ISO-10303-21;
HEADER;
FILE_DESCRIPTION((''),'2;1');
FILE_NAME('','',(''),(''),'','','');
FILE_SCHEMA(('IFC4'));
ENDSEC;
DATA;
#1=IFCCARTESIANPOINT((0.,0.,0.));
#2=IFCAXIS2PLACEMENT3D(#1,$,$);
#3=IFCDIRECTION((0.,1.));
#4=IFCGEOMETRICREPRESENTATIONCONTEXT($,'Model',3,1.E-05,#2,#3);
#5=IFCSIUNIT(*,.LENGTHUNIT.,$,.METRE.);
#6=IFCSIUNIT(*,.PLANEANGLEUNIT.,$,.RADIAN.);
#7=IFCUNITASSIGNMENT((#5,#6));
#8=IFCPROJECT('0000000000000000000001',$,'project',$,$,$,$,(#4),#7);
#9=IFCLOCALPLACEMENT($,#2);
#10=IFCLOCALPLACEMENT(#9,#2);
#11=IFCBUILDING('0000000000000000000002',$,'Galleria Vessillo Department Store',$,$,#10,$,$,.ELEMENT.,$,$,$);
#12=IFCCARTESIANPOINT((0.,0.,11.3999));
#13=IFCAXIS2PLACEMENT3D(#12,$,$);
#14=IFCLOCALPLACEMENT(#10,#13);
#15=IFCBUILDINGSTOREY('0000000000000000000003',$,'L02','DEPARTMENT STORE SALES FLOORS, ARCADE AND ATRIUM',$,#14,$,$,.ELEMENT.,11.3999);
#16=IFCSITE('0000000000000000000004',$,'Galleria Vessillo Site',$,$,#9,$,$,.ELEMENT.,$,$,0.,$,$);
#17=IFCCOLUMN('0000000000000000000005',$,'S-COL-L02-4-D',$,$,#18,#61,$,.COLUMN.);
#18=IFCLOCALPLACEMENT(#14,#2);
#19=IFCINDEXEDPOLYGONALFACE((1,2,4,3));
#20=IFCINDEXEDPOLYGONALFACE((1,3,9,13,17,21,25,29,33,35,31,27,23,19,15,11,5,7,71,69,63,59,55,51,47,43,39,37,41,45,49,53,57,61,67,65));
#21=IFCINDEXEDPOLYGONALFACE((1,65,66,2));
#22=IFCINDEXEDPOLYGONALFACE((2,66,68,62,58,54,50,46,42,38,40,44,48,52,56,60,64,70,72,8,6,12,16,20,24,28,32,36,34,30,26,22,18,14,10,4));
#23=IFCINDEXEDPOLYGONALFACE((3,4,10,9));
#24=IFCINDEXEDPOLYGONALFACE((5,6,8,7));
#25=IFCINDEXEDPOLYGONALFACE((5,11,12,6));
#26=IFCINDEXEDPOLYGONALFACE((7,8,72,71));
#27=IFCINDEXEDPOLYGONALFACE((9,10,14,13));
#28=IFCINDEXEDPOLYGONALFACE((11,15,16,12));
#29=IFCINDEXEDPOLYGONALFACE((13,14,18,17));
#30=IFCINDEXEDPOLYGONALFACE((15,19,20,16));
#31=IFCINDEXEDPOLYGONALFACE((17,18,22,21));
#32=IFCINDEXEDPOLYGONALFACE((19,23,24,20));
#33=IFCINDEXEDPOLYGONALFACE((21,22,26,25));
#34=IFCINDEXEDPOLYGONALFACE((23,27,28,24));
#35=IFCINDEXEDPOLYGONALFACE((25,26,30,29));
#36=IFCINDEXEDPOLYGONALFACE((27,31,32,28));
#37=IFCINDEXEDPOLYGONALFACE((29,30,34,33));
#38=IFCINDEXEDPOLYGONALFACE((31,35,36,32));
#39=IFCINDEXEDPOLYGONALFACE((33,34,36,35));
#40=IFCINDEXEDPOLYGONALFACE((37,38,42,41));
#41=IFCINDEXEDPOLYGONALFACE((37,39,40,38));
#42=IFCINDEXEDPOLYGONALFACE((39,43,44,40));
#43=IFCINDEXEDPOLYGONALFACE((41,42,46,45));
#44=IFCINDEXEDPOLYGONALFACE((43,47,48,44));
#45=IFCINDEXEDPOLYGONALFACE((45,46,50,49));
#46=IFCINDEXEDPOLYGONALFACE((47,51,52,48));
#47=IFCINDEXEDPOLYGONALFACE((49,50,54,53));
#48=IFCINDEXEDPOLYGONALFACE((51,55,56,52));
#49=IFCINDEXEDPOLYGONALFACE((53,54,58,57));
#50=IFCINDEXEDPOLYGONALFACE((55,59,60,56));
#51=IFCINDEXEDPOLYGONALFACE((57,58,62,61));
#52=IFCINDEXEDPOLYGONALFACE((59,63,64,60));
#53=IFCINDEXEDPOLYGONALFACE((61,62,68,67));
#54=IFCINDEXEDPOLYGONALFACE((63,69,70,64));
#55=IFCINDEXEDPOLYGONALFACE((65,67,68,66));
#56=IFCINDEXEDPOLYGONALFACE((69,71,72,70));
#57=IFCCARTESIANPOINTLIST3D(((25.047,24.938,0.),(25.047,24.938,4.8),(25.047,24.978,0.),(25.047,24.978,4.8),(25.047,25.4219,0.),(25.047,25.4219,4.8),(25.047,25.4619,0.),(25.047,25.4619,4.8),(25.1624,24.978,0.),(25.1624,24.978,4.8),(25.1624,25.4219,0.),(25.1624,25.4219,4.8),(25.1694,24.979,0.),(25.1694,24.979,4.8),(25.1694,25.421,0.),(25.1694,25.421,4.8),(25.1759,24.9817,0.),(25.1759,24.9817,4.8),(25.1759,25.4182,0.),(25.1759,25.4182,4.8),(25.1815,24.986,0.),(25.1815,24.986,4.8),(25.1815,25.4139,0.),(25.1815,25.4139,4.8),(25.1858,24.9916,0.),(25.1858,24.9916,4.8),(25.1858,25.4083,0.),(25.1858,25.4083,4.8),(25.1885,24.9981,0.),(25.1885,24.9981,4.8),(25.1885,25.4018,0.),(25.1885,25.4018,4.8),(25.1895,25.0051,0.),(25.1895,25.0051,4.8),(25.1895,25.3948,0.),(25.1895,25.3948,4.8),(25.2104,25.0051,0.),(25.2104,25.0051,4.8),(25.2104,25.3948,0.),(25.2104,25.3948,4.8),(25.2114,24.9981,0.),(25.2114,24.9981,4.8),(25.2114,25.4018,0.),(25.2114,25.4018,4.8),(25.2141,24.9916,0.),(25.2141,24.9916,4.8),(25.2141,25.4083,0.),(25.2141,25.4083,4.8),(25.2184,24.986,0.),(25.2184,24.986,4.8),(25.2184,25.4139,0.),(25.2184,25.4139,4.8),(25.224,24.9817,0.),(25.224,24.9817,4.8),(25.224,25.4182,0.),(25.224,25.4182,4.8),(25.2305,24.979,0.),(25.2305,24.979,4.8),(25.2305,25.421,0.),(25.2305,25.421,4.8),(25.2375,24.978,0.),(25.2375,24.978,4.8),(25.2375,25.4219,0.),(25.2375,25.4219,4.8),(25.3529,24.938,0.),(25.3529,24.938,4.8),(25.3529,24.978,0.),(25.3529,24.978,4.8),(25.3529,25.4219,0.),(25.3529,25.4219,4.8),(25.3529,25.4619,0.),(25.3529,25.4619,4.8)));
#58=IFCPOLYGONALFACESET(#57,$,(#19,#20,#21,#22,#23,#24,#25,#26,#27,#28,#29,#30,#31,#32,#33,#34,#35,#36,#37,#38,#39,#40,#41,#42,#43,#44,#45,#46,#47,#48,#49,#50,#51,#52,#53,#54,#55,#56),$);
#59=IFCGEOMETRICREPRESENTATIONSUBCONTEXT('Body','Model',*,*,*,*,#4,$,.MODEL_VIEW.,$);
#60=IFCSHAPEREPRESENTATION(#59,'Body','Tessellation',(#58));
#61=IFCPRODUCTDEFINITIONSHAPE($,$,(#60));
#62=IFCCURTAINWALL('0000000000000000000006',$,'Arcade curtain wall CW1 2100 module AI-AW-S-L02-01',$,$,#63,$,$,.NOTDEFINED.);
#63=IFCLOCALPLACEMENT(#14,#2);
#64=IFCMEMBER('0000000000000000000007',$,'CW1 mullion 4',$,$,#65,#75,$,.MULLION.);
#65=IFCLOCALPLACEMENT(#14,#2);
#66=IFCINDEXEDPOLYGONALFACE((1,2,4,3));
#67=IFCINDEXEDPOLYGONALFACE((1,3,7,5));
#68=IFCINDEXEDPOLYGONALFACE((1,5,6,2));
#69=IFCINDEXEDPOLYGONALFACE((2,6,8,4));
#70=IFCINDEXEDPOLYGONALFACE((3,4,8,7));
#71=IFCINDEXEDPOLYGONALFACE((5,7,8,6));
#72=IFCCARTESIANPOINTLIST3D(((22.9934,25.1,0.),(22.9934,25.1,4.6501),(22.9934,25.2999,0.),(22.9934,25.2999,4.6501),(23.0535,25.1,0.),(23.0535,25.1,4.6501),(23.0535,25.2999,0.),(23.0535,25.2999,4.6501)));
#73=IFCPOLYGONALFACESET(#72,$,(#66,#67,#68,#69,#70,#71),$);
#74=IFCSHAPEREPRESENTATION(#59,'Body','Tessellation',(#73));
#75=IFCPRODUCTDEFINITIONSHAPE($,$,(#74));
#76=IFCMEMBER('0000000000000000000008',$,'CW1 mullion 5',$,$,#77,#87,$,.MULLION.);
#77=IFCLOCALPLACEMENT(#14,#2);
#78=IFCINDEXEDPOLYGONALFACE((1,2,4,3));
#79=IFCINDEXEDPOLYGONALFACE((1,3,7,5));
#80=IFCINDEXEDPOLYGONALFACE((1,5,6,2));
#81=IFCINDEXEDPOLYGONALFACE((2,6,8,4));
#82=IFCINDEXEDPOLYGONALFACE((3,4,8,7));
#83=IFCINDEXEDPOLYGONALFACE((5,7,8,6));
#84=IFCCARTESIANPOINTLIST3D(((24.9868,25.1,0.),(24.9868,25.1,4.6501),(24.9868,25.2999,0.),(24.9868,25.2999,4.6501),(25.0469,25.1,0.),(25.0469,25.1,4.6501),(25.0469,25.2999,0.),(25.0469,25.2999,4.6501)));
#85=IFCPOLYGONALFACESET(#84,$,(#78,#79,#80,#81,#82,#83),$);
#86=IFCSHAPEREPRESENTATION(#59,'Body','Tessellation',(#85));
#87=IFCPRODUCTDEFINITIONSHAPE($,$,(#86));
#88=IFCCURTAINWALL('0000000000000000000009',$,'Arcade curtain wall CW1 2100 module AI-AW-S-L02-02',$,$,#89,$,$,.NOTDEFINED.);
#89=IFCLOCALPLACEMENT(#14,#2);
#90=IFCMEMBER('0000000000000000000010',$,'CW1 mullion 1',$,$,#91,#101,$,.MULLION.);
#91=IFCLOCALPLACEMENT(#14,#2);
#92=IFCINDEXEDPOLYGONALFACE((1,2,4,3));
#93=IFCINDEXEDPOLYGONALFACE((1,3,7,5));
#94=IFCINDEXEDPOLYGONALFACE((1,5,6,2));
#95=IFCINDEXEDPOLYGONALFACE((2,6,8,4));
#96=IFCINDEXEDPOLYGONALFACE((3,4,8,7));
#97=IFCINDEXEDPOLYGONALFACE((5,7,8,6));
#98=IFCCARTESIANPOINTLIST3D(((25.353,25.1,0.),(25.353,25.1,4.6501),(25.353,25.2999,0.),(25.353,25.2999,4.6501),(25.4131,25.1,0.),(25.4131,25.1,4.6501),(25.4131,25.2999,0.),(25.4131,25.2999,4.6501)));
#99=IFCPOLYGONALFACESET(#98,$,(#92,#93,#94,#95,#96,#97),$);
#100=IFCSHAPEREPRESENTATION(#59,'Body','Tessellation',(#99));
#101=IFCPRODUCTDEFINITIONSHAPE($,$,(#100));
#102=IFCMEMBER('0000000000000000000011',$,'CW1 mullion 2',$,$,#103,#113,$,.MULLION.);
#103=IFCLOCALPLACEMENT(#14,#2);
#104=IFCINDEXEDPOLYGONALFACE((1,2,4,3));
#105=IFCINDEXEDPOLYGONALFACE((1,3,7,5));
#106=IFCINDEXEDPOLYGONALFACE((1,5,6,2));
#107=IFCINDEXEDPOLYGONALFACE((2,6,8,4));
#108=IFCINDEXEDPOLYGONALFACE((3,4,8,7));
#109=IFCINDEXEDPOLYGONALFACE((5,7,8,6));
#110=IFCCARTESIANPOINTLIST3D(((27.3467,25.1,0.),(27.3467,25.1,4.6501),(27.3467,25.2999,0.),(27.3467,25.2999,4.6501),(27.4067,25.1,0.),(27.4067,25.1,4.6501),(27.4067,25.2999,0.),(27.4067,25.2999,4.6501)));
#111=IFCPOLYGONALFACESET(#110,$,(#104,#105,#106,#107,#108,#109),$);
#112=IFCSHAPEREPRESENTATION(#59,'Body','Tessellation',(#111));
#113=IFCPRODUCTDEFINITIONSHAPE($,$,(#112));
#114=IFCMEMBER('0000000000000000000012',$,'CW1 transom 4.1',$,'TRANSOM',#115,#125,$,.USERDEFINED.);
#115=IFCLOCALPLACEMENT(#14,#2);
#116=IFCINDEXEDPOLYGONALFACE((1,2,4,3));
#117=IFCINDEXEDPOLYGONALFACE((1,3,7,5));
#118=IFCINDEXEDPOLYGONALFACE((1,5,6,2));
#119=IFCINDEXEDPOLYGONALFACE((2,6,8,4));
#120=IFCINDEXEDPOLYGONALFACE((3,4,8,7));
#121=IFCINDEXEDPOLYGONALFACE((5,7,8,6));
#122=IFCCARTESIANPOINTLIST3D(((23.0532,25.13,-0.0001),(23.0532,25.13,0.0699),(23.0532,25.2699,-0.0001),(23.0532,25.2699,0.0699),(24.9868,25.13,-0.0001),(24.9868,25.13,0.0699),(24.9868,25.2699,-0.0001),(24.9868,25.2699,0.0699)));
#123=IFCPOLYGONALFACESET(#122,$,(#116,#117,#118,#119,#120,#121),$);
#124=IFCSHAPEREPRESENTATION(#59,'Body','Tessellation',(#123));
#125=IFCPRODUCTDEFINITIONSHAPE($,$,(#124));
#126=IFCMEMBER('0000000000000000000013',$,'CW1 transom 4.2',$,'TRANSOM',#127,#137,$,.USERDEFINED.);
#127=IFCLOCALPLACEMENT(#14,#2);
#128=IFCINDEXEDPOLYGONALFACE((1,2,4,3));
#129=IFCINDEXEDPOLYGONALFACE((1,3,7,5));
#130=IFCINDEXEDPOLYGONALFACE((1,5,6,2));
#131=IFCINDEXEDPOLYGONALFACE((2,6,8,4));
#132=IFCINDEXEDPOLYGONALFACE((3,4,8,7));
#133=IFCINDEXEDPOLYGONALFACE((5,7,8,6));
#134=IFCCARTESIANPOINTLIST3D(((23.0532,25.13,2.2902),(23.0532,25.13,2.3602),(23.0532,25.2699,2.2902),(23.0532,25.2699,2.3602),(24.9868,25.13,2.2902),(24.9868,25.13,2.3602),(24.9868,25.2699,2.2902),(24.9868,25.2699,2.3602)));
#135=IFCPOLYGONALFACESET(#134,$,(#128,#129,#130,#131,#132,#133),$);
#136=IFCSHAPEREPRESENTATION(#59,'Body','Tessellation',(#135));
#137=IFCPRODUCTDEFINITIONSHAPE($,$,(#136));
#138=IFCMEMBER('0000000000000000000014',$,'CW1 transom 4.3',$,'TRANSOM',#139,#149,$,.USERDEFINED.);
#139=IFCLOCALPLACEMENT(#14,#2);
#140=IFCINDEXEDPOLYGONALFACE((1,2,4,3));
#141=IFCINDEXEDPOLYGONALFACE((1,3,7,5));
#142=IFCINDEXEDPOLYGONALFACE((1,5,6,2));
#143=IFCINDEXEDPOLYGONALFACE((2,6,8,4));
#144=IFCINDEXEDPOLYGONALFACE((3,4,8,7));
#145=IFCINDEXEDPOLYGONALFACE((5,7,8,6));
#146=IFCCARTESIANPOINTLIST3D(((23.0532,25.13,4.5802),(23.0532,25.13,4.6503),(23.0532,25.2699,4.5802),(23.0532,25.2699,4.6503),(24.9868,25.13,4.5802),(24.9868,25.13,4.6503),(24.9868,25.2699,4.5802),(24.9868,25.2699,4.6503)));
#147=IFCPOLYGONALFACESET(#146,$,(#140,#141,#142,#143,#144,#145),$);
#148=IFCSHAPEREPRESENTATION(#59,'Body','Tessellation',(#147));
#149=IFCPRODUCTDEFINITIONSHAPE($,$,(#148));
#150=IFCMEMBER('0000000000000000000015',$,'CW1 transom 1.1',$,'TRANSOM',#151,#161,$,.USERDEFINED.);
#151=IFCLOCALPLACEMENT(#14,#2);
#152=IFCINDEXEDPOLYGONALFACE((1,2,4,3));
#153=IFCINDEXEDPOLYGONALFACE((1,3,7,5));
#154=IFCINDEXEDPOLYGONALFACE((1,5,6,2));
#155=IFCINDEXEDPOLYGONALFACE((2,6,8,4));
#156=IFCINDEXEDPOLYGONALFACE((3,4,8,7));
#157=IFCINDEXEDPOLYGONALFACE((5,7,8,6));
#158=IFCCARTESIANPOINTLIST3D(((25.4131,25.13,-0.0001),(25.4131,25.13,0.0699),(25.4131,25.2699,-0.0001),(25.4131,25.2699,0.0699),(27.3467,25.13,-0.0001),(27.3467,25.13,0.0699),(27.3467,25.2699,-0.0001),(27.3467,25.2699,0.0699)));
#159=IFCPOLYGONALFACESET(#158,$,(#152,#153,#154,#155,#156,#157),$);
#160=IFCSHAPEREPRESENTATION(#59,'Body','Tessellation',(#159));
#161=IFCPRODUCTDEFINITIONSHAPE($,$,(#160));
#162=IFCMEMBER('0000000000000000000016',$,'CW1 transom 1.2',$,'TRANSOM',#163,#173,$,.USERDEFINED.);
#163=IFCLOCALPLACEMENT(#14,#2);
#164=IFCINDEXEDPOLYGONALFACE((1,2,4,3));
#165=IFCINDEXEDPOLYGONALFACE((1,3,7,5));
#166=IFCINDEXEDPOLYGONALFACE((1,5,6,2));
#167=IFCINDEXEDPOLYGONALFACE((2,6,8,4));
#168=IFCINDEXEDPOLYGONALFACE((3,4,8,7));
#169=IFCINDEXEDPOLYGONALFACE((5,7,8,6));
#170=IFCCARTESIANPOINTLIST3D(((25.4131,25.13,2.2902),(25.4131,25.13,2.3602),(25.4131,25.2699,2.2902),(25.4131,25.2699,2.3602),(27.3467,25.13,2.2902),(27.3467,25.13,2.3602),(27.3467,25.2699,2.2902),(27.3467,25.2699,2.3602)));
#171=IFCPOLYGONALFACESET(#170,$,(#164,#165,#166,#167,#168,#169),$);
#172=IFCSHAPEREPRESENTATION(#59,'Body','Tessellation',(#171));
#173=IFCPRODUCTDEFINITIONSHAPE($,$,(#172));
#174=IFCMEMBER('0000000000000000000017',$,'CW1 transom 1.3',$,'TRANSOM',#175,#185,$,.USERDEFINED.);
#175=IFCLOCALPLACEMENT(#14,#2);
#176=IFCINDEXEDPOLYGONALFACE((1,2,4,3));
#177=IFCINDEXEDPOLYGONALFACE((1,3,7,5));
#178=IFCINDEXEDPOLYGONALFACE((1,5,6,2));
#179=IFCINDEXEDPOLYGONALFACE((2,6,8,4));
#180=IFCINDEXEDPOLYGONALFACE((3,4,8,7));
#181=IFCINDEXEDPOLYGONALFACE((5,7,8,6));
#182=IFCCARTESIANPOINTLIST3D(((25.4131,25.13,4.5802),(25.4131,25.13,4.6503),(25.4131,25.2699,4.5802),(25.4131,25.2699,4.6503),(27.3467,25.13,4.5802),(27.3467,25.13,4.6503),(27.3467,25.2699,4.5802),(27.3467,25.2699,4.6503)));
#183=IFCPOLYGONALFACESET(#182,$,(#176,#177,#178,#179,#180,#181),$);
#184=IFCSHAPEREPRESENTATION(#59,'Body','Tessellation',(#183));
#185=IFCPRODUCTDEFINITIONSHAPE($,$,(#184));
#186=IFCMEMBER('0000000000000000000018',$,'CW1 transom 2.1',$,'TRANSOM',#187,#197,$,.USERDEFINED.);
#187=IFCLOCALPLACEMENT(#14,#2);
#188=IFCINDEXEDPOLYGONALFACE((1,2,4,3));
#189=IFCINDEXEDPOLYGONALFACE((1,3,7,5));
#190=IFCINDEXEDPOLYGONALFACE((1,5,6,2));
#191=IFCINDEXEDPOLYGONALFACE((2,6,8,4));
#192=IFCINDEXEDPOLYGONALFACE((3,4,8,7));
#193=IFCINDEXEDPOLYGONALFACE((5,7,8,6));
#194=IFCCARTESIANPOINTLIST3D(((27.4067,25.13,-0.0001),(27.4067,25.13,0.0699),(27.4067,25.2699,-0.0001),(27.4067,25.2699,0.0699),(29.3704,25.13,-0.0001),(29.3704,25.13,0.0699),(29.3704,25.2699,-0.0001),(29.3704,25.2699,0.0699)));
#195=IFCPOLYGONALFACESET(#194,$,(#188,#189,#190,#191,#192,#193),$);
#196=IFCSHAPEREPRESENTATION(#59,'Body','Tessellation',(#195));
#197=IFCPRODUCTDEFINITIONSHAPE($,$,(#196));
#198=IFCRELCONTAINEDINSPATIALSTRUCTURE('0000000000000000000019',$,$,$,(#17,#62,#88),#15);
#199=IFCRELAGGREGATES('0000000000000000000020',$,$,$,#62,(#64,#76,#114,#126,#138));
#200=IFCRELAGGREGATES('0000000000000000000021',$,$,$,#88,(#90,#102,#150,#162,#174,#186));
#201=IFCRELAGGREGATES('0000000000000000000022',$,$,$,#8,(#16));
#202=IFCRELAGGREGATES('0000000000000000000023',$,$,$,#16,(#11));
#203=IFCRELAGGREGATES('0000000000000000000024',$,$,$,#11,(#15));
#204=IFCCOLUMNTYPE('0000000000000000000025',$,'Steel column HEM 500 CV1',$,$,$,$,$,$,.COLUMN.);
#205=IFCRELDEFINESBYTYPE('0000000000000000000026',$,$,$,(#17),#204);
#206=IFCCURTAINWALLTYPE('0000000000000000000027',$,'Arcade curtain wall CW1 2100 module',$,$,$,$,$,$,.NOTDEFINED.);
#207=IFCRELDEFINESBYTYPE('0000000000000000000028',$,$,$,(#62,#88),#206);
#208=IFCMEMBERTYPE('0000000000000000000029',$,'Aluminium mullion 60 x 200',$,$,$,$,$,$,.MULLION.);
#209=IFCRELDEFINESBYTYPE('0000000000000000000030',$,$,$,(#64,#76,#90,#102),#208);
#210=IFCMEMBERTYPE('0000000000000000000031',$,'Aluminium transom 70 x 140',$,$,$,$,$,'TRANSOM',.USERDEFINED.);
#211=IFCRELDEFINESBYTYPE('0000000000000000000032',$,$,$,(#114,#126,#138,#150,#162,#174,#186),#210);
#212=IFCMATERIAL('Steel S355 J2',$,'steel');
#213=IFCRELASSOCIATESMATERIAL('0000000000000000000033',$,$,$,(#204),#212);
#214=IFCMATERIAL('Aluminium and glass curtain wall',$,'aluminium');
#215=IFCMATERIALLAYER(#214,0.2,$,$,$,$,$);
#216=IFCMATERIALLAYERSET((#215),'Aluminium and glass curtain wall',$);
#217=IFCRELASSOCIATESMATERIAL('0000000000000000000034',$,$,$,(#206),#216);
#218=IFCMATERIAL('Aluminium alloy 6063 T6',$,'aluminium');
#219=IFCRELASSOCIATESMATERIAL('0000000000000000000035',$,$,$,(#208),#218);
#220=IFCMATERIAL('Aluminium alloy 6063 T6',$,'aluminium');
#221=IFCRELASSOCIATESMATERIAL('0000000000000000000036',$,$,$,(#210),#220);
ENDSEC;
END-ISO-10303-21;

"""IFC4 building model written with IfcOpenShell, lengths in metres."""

from ifc_helpers import new_model, si_unit, direction, frame, origin, origin_2d, place, context, subcontext, project, spatial, rectangle, i_section, extrude, material, layer, layer_set, material_profile, profile_set, type_object, element, aggregate, save


model = new_model("IFC4")

# Units and contexts
model_context = context("Model", 3, precision=1e-05, world=origin(), true_north=direction((0.0, 1.0)))
body_context = subcontext(model_context, "Body", "Model", "MODEL_VIEW")
ifc_project = project(units=[si_unit("LENGTHUNIT", "METRE"), si_unit("PLANEANGLEUNIT", "RADIAN")], contexts=[model_context])

# Site, building, storey
site_placement = place(None, origin())
site = spatial("IfcSite", under=ifc_project, at=site_placement, Name="Galleria Vessillo Site", CompositionType="ELEMENT", RefElevation=0.0)
building_placement = place(site_placement, origin())
building = spatial("IfcBuilding", under=site, at=building_placement, Name="Galleria Vessillo Department Store", CompositionType="ELEMENT")
storey_placement = place(building_placement, frame((0.0, 0.0, 11.3999)))
storey = spatial("IfcBuildingStorey", under=building, at=storey_placement, Name="L02", Description="DEPARTMENT STORE SALES FLOORS, ARCADE AND ATRIUM", CompositionType="ELEMENT", Elevation=11.3999)

# Column
ifc_material_1 = material(Name="Steel S355 J2", Category="steel")
ifc_material_profile_1 = material_profile(ifc_material_1, i_section(OverallWidth=0.3059, OverallDepth=0.5239, WebThickness=0.021, FlangeThickness=0.04, FilletRadius=0.0271, at=origin_2d()), Name="HEM 500")
ifc_profile_set_1 = profile_set([ifc_material_profile_1], Name="Steel S355 J2")
column_type = type_object("IfcColumnType", Name="Steel column HEM 500 CV1", PredefinedType="COLUMN", material=ifc_profile_set_1)
column_placement = place(storey_placement, frame((25.2, 25.2, 0.0), z_axis=(0.0, 0.0, 1.0), x_axis=(1.0, 0.0, 0.0)))
element("IfcColumn", 1, at=column_placement, inside=storey, type_object=column_type, Name="S-COL-L02-4-D", PredefinedType="COLUMN", context=body_context, shape_type="SweptSolid", body=[
    extrude(i_section(OverallWidth=0.3059, OverallDepth=0.5239, WebThickness=0.021, FlangeThickness=0.04, FilletRadius=0.0271, at=origin_2d()), origin(), (0.0, 0.0, 1.0), 4.8),
])

# Curtain walls, members
ifc_material_2 = material(Name="Aluminium and glass curtain wall", Category="aluminium")
ifc_layer_1 = layer(ifc_material_2, 0.2)
ifc_layer_set_1 = layer_set([ifc_layer_1], Name="Aluminium and glass curtain wall")
curtain_wall_type = type_object("IfcCurtainWallType", Name="Arcade curtain wall CW1 2100 module", PredefinedType="NOTDEFINED", material=ifc_layer_set_1)
curtain_wall_1_placement = place(storey_placement, origin())
curtain_wall_1 = element("IfcCurtainWall", 2, at=curtain_wall_1_placement, inside=storey, type_object=curtain_wall_type, Name="Arcade curtain wall CW1 2100 module AI-AW-S-L02-01", PredefinedType="NOTDEFINED")
ifc_material_3 = material(Name="Aluminium alloy 6063 T6", Category="aluminium")
ifc_material_profile_2 = material_profile(ifc_material_3, rectangle(XDim=0.2, YDim=0.0601, at=origin_2d()), Name="AL 60x200")
ifc_profile_set_2 = profile_set([ifc_material_profile_2], Name="Aluminium alloy 6063 T6")
member_type_1 = type_object("IfcMemberType", Name="Aluminium mullion 60 x 200", PredefinedType="MULLION", material=ifc_profile_set_2)
member_1_placement = place(storey_placement, frame((23.0234, 25.2, 0.0), z_axis=(0.0, 0.0, 1.0), x_axis=(0.0, 1.0, 0.0)))
member_1 = element("IfcMember", 3, at=member_1_placement, type_object=member_type_1, Name="CW1 mullion 4", PredefinedType="MULLION", context=body_context, shape_type="SweptSolid", body=[
    extrude(rectangle(XDim=0.2, YDim=0.0601, at=origin_2d()), origin(), (0.0, 0.0, 1.0), 4.6501),
])
member_2_placement = place(storey_placement, frame((25.0168, 25.2, 0.0), z_axis=(0.0, 0.0, 1.0), x_axis=(0.0, 1.0, 0.0)))
member_2 = element("IfcMember", 4, at=member_2_placement, type_object=member_type_1, Name="CW1 mullion 5", PredefinedType="MULLION", context=body_context, shape_type="SweptSolid", body=[
    extrude(rectangle(XDim=0.2, YDim=0.0601, at=origin_2d()), origin(), (0.0, 0.0, 1.0), 4.6501),
])
curtain_wall_2_placement = place(storey_placement, origin())
curtain_wall_2 = element("IfcCurtainWall", 5, at=curtain_wall_2_placement, inside=storey, type_object=curtain_wall_type, Name="Arcade curtain wall CW1 2100 module AI-AW-S-L02-02", PredefinedType="NOTDEFINED")
member_3_placement = place(storey_placement, frame((25.3831, 25.2, 0.0), z_axis=(0.0, 0.0, 1.0), x_axis=(0.0, 1.0, 0.0)))
member_3 = element("IfcMember", 6, at=member_3_placement, type_object=member_type_1, Name="CW1 mullion 1", PredefinedType="MULLION", context=body_context, shape_type="SweptSolid", body=[
    extrude(rectangle(XDim=0.2, YDim=0.0601, at=origin_2d()), origin(), (0.0, 0.0, 1.0), 4.6501),
])
member_4_placement = place(storey_placement, frame((27.3767, 25.2, 0.0), z_axis=(0.0, 0.0, 1.0), x_axis=(0.0, 1.0, 0.0)))
member_4 = element("IfcMember", 7, at=member_4_placement, type_object=member_type_1, Name="CW1 mullion 2", PredefinedType="MULLION", context=body_context, shape_type="SweptSolid", body=[
    extrude(rectangle(XDim=0.2, YDim=0.0601, at=origin_2d()), origin(), (0.0, 0.0, 1.0), 4.6501),
])

# Members
ifc_material_4 = material(Name="Aluminium alloy 6063 T6", Category="aluminium")
ifc_material_profile_3 = material_profile(ifc_material_4, rectangle(XDim=0.1399, YDim=0.0701, at=origin_2d()), Name="AL 70x140")
ifc_profile_set_3 = profile_set([ifc_material_profile_3], Name="Aluminium alloy 6063 T6")
member_type_2 = type_object("IfcMemberType", Name="Aluminium transom 70 x 140", ElementType="TRANSOM", PredefinedType="USERDEFINED", material=ifc_profile_set_3)
member_5_placement = place(storey_placement, frame((23.0532, 25.2, 0.0349), z_axis=(1.0, 0.0, 0.0), x_axis=(0.0, 1.0, 0.0)))
member_5 = element("IfcMember", 8, at=member_5_placement, type_object=member_type_2, Name="CW1 transom 4.1", ObjectType="TRANSOM", PredefinedType="USERDEFINED", context=body_context, shape_type="SweptSolid", body=[
    extrude(rectangle(XDim=0.1399, YDim=0.0701, at=origin_2d()), origin(), (0.0, 0.0, 1.0), 1.9336),
])
member_6_placement = place(storey_placement, frame((23.0532, 25.2, 2.3252), z_axis=(1.0, 0.0, 0.0), x_axis=(0.0, 1.0, 0.0)))
member_6 = element("IfcMember", 9, at=member_6_placement, type_object=member_type_2, Name="CW1 transom 4.2", ObjectType="TRANSOM", PredefinedType="USERDEFINED", context=body_context, shape_type="SweptSolid", body=[
    extrude(rectangle(XDim=0.1399, YDim=0.0701, at=origin_2d()), origin(), (0.0, 0.0, 1.0), 1.9336),
])
member_7_placement = place(storey_placement, frame((23.0532, 25.2, 4.6152), z_axis=(1.0, 0.0, 0.0), x_axis=(0.0, 1.0, 0.0)))
member_7 = element("IfcMember", 10, at=member_7_placement, type_object=member_type_2, Name="CW1 transom 4.3", ObjectType="TRANSOM", PredefinedType="USERDEFINED", context=body_context, shape_type="SweptSolid", body=[
    extrude(rectangle(XDim=0.1399, YDim=0.0701, at=origin_2d()), origin(), (0.0, 0.0, 1.0), 1.9336),
])
member_8_placement = place(storey_placement, frame((25.4131, 25.2, 0.0349), z_axis=(1.0, 0.0, 0.0), x_axis=(0.0, 1.0, 0.0)))
member_8 = element("IfcMember", 11, at=member_8_placement, type_object=member_type_2, Name="CW1 transom 1.1", ObjectType="TRANSOM", PredefinedType="USERDEFINED", context=body_context, shape_type="SweptSolid", body=[
    extrude(rectangle(XDim=0.1399, YDim=0.0701, at=origin_2d()), origin(), (0.0, 0.0, 1.0), 1.9336),
])
member_9_placement = place(storey_placement, frame((25.4131, 25.2, 2.3252), z_axis=(1.0, 0.0, 0.0), x_axis=(0.0, 1.0, 0.0)))
member_9 = element("IfcMember", 12, at=member_9_placement, type_object=member_type_2, Name="CW1 transom 1.2", ObjectType="TRANSOM", PredefinedType="USERDEFINED", context=body_context, shape_type="SweptSolid", body=[
    extrude(rectangle(XDim=0.1399, YDim=0.0701, at=origin_2d()), origin(), (0.0, 0.0, 1.0), 1.9336),
])
member_10_placement = place(storey_placement, frame((25.4131, 25.2, 4.6152), z_axis=(1.0, 0.0, 0.0), x_axis=(0.0, 1.0, 0.0)))
member_10 = element("IfcMember", 13, at=member_10_placement, type_object=member_type_2, Name="CW1 transom 1.3", ObjectType="TRANSOM", PredefinedType="USERDEFINED", context=body_context, shape_type="SweptSolid", body=[
    extrude(rectangle(XDim=0.1399, YDim=0.0701, at=origin_2d()), origin(), (0.0, 0.0, 1.0), 1.9336),
])
member_11_placement = place(storey_placement, frame((27.4067, 25.2, 0.0349), z_axis=(1.0, 0.0, 0.0), x_axis=(0.0, 1.0, 0.0)))
member_11 = element("IfcMember", 14, at=member_11_placement, type_object=member_type_2, Name="CW1 transom 2.1", ObjectType="TRANSOM", PredefinedType="USERDEFINED", context=body_context, shape_type="SweptSolid", body=[
    extrude(rectangle(XDim=0.1399, YDim=0.0701, at=origin_2d()), origin(), (0.0, 0.0, 1.0), 1.9636),
])

aggregate(curtain_wall_1, [member_1, member_2, member_5, member_6, member_7])
aggregate(curtain_wall_2, [member_3, member_4, member_8, member_9, member_10, member_11])

save(model, "model.ifc")
